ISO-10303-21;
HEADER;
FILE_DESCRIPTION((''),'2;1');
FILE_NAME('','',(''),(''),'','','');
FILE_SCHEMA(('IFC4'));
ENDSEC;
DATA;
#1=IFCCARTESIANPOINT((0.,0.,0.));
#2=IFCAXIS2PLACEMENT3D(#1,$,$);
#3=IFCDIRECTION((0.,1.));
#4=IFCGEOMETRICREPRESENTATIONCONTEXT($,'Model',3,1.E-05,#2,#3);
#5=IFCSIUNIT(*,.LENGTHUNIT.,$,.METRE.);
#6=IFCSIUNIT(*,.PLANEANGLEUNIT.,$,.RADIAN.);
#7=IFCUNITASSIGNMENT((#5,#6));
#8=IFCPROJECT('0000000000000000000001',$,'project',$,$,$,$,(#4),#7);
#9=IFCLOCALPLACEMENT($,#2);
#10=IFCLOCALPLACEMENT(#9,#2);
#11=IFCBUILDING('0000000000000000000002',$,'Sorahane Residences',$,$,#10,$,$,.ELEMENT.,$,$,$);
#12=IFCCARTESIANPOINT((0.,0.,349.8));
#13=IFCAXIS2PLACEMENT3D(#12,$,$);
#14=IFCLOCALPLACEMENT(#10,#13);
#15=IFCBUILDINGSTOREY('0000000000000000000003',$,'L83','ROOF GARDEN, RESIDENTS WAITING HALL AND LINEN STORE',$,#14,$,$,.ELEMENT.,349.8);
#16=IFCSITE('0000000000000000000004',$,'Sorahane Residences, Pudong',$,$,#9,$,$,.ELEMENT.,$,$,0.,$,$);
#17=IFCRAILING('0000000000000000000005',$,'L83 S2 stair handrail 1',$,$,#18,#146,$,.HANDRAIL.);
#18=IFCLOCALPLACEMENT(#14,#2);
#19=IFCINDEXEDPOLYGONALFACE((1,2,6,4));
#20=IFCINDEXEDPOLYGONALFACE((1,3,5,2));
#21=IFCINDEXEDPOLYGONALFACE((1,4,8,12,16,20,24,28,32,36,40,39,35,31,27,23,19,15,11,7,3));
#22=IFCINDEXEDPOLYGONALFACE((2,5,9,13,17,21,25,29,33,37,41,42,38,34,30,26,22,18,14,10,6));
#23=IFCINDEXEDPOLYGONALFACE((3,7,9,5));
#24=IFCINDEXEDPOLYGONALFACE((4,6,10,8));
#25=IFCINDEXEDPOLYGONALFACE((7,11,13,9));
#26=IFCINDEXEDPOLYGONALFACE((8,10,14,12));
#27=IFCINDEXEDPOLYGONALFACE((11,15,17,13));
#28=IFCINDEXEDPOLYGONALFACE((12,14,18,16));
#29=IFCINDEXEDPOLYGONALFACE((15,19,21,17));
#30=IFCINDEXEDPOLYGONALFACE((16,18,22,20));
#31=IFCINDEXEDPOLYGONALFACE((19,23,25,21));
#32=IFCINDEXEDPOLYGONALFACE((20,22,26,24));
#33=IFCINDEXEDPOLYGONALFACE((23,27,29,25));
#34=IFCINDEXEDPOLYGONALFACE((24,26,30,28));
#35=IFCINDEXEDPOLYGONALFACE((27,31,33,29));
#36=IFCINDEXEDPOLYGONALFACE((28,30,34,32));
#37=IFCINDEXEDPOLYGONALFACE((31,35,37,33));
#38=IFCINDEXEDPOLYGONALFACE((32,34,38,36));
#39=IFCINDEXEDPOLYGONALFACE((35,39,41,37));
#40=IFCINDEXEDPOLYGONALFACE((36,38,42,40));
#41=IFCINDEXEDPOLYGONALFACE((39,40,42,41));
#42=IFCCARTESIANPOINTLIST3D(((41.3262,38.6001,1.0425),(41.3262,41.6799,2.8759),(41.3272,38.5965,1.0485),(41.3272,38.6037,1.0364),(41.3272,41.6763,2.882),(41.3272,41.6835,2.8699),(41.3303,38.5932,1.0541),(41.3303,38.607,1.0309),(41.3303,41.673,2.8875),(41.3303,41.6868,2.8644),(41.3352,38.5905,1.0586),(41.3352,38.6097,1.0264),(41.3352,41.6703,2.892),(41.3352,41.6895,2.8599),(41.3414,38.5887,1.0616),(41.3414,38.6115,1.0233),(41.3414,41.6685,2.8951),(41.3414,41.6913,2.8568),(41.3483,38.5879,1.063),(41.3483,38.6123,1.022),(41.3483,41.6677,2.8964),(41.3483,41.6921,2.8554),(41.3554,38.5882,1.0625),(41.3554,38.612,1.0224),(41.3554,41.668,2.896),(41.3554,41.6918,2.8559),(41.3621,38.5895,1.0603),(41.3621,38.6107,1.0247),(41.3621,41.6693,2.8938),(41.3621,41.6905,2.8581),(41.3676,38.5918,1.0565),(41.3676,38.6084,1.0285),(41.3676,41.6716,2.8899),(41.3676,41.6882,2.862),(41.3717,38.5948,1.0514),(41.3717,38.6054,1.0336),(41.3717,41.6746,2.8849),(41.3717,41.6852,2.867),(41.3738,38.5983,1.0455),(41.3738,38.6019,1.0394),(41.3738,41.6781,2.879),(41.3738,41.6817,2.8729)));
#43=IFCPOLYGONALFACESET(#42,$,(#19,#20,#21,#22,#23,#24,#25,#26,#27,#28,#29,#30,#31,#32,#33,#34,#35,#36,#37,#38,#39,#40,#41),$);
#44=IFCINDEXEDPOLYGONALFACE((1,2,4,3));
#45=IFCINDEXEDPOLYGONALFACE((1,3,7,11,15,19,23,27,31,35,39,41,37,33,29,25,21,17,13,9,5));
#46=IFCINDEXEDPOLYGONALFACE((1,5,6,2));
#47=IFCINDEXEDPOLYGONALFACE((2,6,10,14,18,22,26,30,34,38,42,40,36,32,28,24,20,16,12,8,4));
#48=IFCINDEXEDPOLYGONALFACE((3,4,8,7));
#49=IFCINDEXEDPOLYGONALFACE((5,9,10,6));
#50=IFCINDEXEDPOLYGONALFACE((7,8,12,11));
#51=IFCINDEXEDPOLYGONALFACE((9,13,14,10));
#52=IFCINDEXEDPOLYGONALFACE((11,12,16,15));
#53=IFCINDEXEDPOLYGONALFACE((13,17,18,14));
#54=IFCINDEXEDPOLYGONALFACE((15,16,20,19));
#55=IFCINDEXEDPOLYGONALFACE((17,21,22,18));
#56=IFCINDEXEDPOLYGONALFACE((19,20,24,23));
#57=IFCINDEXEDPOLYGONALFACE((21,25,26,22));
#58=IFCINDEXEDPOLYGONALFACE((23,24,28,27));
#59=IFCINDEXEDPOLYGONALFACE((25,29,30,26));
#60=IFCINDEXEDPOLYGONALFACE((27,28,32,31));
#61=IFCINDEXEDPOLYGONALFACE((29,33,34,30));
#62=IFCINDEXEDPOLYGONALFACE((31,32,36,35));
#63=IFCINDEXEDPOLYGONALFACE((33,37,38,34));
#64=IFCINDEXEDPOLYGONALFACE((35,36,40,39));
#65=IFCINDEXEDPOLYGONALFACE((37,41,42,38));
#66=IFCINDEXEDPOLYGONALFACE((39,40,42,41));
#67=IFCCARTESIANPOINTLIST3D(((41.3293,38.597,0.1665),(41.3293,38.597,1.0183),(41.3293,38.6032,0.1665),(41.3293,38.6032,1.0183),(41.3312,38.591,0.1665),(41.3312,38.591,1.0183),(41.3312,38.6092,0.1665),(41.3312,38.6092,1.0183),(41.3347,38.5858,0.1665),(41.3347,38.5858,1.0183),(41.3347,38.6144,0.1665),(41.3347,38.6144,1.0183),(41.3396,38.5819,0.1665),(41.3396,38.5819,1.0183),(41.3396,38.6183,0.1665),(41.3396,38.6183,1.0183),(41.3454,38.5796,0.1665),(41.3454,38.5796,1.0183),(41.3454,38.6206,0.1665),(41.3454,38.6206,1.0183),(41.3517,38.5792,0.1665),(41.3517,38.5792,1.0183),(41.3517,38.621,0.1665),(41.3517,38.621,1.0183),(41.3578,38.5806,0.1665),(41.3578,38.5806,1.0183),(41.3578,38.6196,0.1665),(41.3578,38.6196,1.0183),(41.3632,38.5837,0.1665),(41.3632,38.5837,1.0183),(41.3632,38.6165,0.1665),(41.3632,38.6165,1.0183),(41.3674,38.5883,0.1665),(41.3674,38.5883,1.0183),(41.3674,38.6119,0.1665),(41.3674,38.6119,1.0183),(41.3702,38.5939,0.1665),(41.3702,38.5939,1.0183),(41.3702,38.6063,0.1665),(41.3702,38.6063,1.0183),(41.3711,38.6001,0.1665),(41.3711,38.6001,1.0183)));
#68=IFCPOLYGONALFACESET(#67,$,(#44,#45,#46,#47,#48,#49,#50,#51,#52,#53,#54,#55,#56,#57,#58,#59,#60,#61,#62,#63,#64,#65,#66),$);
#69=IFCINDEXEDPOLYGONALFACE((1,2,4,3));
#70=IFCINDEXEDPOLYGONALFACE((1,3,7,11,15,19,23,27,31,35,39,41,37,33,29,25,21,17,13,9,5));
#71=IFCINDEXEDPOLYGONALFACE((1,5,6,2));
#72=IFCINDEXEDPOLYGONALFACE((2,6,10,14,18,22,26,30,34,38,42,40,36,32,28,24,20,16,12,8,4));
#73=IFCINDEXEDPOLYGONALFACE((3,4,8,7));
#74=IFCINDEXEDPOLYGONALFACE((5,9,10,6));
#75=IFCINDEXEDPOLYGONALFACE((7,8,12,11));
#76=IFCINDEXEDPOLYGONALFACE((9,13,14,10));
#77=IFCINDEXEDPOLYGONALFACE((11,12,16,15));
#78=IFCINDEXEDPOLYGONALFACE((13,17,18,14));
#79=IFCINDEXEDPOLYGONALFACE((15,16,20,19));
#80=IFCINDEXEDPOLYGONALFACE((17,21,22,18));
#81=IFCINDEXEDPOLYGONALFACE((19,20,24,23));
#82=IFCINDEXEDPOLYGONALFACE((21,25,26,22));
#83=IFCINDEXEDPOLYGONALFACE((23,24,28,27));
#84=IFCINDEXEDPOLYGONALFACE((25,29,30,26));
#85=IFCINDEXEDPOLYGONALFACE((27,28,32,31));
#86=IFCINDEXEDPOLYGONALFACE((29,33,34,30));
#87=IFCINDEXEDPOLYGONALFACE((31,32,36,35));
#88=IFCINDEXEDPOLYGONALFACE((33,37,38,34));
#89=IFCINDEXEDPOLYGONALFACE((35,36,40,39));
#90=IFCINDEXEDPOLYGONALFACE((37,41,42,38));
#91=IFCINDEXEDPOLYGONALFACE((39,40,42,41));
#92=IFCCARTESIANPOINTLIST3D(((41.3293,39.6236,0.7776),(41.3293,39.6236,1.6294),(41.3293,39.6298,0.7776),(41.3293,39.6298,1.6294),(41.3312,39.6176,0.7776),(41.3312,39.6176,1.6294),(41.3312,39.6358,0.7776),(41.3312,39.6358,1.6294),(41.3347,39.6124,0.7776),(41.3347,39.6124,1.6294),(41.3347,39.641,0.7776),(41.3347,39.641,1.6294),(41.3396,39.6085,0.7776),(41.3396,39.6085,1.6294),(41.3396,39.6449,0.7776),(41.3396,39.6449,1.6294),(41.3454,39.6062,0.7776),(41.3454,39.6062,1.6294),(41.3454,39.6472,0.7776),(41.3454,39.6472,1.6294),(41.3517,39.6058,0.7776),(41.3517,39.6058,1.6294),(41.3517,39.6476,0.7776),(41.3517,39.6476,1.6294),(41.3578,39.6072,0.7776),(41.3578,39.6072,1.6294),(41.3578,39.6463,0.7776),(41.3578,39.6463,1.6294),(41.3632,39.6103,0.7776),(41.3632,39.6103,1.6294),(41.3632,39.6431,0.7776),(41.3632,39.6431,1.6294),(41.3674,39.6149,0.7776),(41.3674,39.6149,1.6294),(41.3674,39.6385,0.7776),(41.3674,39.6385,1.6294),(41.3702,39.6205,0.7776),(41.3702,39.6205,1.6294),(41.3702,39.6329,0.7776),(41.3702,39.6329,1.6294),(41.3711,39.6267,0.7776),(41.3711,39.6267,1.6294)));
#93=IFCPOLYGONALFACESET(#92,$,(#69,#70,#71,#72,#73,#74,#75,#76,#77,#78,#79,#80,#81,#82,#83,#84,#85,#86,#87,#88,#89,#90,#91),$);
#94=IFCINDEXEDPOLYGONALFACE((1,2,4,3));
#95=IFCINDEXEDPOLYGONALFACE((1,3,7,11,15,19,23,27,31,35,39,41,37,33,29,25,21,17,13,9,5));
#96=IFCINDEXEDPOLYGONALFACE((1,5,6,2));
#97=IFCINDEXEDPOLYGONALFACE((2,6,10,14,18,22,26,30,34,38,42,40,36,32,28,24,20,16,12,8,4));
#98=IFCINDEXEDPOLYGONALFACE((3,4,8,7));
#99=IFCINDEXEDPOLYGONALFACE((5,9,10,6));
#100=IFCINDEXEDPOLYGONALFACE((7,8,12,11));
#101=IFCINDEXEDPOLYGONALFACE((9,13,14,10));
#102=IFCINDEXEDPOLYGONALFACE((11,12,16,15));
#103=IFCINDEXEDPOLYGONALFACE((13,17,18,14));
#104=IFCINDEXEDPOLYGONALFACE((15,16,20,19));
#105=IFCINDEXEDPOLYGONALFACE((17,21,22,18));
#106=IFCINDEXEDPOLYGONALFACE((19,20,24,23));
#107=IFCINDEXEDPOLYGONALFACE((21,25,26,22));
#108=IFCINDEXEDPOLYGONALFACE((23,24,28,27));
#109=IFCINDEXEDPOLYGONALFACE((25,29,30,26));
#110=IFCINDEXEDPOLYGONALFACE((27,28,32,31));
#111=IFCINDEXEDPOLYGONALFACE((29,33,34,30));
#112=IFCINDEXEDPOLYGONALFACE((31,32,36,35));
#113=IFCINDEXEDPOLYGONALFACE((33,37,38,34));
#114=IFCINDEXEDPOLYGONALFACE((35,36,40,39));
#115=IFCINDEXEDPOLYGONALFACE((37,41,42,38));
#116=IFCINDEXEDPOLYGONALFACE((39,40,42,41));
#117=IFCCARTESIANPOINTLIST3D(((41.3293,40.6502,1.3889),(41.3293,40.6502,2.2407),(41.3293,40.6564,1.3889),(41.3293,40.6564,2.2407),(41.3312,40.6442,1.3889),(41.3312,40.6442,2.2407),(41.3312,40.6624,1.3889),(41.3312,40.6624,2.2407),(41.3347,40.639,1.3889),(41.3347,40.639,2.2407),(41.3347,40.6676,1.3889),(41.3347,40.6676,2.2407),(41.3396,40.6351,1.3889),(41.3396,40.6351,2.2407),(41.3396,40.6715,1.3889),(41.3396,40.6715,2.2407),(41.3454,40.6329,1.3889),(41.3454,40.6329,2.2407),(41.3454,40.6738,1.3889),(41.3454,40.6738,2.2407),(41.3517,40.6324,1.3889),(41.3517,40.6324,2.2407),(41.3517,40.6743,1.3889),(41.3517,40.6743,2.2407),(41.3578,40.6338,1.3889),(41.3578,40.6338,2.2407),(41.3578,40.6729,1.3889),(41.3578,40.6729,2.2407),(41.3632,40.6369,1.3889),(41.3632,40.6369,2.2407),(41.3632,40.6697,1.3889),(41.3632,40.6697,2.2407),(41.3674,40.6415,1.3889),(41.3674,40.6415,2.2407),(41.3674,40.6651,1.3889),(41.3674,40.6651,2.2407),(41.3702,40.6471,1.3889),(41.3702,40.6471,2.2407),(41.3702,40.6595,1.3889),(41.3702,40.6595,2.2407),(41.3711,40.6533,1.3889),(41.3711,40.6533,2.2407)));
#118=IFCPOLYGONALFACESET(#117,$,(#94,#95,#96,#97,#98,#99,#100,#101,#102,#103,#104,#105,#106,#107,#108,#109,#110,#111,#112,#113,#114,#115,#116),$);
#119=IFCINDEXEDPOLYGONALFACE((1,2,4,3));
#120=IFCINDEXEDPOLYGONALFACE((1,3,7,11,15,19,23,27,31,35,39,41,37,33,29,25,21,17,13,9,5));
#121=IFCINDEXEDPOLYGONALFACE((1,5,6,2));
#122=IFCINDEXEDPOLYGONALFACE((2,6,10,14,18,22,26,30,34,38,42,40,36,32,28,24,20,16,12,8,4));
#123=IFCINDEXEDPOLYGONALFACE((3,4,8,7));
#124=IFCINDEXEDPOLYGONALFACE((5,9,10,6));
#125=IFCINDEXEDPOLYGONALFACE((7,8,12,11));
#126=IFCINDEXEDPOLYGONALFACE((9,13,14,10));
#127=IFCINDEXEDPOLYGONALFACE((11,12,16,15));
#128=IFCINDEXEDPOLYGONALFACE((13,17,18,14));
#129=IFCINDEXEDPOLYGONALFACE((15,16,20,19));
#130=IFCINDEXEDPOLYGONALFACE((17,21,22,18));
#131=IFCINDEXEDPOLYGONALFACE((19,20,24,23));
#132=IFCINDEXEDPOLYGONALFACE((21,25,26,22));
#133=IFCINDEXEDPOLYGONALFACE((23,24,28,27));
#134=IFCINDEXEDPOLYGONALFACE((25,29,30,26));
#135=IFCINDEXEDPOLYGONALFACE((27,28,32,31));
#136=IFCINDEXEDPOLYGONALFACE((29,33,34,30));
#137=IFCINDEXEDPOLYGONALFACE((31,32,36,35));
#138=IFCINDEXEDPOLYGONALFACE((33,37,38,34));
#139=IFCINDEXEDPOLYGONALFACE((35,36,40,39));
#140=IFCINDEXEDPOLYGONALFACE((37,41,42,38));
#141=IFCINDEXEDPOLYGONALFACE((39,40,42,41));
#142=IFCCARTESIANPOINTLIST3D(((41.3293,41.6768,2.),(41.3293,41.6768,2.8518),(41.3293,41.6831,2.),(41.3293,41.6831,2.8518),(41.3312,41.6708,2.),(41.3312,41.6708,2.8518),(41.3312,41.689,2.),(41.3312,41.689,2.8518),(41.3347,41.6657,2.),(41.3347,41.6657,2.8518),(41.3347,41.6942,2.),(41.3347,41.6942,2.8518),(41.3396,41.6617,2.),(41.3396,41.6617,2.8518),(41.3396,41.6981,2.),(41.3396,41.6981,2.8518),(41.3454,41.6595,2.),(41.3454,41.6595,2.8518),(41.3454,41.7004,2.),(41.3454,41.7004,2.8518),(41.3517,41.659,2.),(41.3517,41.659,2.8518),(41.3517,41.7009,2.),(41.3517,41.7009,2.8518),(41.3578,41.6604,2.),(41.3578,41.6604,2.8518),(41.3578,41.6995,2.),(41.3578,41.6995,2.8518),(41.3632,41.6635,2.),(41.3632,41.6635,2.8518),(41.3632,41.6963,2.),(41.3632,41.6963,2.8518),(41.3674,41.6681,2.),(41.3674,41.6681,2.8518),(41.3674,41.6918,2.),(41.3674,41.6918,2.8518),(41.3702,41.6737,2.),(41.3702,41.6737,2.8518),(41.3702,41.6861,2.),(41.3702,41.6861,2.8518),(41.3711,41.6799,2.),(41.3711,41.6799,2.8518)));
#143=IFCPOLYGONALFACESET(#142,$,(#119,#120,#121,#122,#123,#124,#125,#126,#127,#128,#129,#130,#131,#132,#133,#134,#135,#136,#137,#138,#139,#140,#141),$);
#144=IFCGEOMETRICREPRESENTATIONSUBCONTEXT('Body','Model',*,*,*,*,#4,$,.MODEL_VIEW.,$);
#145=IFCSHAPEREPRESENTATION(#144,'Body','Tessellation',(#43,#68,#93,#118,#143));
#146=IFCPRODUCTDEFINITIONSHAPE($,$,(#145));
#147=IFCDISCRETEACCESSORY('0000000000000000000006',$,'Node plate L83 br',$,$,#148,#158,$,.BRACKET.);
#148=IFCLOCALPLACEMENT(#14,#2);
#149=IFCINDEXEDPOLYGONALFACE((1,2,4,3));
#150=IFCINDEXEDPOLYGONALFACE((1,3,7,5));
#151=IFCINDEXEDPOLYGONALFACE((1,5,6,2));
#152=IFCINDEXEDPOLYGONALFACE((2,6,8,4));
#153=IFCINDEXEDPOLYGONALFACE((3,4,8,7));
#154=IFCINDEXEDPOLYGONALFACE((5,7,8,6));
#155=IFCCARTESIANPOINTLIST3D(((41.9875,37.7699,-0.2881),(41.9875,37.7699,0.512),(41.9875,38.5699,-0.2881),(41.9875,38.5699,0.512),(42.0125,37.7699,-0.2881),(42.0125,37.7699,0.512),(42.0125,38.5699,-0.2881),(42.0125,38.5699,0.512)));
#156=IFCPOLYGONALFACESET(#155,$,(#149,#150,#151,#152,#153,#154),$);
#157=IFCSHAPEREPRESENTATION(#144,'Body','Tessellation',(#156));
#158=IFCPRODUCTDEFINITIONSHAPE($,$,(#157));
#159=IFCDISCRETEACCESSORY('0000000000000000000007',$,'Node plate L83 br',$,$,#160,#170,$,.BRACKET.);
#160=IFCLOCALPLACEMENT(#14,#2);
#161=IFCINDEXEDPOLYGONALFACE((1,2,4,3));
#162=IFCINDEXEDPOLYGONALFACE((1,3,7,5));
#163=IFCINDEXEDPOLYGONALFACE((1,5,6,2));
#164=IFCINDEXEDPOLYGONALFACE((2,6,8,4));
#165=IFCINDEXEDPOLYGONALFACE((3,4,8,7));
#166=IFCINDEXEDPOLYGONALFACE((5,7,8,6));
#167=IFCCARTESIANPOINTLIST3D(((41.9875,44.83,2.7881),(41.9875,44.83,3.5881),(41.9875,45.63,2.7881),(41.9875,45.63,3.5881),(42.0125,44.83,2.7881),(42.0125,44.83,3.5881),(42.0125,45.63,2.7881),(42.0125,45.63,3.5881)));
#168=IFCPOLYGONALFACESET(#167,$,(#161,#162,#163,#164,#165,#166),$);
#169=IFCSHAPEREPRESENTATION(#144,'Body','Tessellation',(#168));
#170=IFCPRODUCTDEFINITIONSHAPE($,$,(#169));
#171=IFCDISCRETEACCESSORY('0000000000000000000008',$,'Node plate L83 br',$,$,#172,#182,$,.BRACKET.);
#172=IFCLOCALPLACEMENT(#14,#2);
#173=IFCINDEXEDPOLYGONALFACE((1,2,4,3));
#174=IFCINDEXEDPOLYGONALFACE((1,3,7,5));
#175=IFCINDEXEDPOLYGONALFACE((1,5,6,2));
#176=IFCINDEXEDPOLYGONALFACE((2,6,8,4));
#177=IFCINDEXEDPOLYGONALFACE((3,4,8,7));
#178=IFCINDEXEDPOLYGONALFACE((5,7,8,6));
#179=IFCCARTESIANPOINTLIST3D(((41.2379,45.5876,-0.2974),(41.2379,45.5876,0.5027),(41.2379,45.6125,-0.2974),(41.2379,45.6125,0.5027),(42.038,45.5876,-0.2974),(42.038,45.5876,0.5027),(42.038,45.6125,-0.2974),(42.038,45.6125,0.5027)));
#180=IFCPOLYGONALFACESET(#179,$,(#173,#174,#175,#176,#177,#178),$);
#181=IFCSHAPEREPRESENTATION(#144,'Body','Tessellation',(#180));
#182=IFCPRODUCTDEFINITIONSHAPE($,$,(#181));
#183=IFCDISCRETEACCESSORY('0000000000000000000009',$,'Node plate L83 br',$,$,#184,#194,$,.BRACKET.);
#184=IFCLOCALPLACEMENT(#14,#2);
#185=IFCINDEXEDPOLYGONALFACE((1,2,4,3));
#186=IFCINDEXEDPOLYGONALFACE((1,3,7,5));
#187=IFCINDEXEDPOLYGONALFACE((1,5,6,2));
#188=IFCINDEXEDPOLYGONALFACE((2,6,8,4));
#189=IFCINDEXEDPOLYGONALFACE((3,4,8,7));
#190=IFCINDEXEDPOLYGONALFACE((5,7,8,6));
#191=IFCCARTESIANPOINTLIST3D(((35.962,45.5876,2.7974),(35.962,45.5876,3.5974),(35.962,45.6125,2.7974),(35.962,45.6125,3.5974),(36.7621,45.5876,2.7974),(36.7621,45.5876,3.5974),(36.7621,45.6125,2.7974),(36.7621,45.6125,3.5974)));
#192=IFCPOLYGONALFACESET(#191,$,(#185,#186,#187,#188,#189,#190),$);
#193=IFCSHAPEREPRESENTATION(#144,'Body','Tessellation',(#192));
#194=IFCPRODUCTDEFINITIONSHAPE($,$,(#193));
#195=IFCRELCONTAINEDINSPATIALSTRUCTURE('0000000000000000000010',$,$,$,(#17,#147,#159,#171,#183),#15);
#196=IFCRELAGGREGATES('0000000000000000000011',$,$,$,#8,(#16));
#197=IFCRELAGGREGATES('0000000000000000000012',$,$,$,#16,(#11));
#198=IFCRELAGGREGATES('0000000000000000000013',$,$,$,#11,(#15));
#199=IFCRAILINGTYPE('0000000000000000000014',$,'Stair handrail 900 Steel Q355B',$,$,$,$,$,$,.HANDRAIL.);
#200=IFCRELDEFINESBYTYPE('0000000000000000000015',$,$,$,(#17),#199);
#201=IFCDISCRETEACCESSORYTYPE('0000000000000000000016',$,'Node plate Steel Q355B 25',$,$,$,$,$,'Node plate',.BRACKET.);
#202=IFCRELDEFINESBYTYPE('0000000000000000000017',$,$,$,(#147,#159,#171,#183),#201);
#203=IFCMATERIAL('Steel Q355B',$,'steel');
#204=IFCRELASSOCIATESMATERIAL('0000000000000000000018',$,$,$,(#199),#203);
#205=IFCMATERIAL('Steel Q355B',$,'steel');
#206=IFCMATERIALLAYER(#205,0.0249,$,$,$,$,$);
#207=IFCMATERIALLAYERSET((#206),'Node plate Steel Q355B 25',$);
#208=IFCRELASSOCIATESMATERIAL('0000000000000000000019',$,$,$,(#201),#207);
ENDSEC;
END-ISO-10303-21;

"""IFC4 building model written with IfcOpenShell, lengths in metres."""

from ifc_helpers import new_model, si_unit, direction, frame, origin, origin_2d, place, context, subcontext, project, spatial, rectangle, circle, extrude, material, layer, layer_set, type_object, element, save


model = new_model("IFC4")

# Units and contexts
model_context = context("Model", 3, precision=1e-05, world=origin(), true_north=direction((0.0, 1.0)))
body_context = subcontext(model_context, "Body", "Model", "MODEL_VIEW")
ifc_project = project(units=[si_unit("LENGTHUNIT", "METRE"), si_unit("PLANEANGLEUNIT", "RADIAN")], contexts=[model_context])

# Site, building, storey
site_placement = place(None, origin())
site = spatial("IfcSite", under=ifc_project, at=site_placement, Name="Sorahane Residences, Pudong", CompositionType="ELEMENT", RefElevation=0.0)
building_placement = place(site_placement, origin())
building = spatial("IfcBuilding", under=site, at=building_placement, Name="Sorahane Residences", CompositionType="ELEMENT")
storey_placement = place(building_placement, frame((0.0, 0.0, 349.8)))
storey = spatial("IfcBuildingStorey", under=building, at=storey_placement, Name="L83", Description="ROOF GARDEN, RESIDENTS WAITING HALL AND LINEN STORE", CompositionType="ELEMENT", Elevation=349.8)

# Railing
ifc_material_1 = material(Name="Steel Q355B", Category="steel")
railing_type_1 = type_object("IfcRailingType", Name="Stair handrail 900 Steel Q355B", PredefinedType="HANDRAIL", material=ifc_material_1)
railing_1_placement = place(storey_placement, frame((41.3501, 38.6001, 0.1665)))
element("IfcRailing", 1, at=railing_1_placement, inside=storey, type_object=railing_type_1, Name="L83 S2 stair handrail 1", PredefinedType="HANDRAIL", context=body_context, shape_type="SweptSolid", body=[
    extrude(circle(Radius=0.0239, at=origin_2d()), frame((0.0, 0.0, 0.876), z_axis=(0.0, 0.859261, 0.511538), x_axis=(-1.0, 0.0, 0.0)), (0.0, 0.0, 1.0), 3.5842),
    extrude(circle(Radius=0.021, at=origin_2d()), origin(), (0.0, 0.0, 1.0), 0.8518),
    extrude(circle(Radius=0.021, at=origin_2d()), frame((0.0, 1.0266, 0.6111)), (0.0, 0.0, 1.0), 0.8518),
    extrude(circle(Radius=0.021, at=origin_2d()), frame((0.0, 2.0532, 1.2224)), (0.0, 0.0, 1.0), 0.8518),
    extrude(circle(Radius=0.021, at=origin_2d()), frame((0.0, 3.0798, 1.8335)), (0.0, 0.0, 1.0), 0.8518),
])

# Discrete accessories
ifc_material_2 = material(Name="Steel Q355B", Category="steel")
ifc_layer_1 = layer(ifc_material_2, 0.0249)
ifc_layer_set_1 = layer_set([ifc_layer_1], Name="Node plate Steel Q355B 25")
discrete_accessory_type = type_object("IfcDiscreteAccessoryType", Name="Node plate Steel Q355B 25", ElementType="Node plate", PredefinedType="BRACKET", material=ifc_layer_set_1)
for number, where, z_axis, x_axis, name in (
    (2, (42.0, 38.1699, -0.2881), (0.0, 0.0, 1.0), (0.0, 1.0, 0.0), "Node plate L83 br"),
    (3, (42.0, 45.23, 2.7881), (0.0, 0.0, 1.0), (0.0, 1.0, 0.0), "Node plate L83 br"),
    (4, (41.6379, 45.6001, -0.2974), (0.0, 0.0, 1.0), (1.0, 0.0, 0.0), "Node plate L83 br"),
    (5, (36.3621, 45.6001, 2.7974), (0.0, 0.0, 1.0), (1.0, 0.0, 0.0), "Node plate L83 br"),
):
    element("IfcDiscreteAccessory", number, at=place(storey_placement, frame(where, z_axis=z_axis, x_axis=x_axis)), inside=storey, type_object=discrete_accessory_type, Name=name, PredefinedType="BRACKET", context=body_context, shape_type="SweptSolid", body=[
        extrude(rectangle(XDim=0.8, YDim=0.0249, at=origin_2d()), origin(), (0.0, 0.0, 1.0), 0.8),
    ])

save(model, "model.ifc")
